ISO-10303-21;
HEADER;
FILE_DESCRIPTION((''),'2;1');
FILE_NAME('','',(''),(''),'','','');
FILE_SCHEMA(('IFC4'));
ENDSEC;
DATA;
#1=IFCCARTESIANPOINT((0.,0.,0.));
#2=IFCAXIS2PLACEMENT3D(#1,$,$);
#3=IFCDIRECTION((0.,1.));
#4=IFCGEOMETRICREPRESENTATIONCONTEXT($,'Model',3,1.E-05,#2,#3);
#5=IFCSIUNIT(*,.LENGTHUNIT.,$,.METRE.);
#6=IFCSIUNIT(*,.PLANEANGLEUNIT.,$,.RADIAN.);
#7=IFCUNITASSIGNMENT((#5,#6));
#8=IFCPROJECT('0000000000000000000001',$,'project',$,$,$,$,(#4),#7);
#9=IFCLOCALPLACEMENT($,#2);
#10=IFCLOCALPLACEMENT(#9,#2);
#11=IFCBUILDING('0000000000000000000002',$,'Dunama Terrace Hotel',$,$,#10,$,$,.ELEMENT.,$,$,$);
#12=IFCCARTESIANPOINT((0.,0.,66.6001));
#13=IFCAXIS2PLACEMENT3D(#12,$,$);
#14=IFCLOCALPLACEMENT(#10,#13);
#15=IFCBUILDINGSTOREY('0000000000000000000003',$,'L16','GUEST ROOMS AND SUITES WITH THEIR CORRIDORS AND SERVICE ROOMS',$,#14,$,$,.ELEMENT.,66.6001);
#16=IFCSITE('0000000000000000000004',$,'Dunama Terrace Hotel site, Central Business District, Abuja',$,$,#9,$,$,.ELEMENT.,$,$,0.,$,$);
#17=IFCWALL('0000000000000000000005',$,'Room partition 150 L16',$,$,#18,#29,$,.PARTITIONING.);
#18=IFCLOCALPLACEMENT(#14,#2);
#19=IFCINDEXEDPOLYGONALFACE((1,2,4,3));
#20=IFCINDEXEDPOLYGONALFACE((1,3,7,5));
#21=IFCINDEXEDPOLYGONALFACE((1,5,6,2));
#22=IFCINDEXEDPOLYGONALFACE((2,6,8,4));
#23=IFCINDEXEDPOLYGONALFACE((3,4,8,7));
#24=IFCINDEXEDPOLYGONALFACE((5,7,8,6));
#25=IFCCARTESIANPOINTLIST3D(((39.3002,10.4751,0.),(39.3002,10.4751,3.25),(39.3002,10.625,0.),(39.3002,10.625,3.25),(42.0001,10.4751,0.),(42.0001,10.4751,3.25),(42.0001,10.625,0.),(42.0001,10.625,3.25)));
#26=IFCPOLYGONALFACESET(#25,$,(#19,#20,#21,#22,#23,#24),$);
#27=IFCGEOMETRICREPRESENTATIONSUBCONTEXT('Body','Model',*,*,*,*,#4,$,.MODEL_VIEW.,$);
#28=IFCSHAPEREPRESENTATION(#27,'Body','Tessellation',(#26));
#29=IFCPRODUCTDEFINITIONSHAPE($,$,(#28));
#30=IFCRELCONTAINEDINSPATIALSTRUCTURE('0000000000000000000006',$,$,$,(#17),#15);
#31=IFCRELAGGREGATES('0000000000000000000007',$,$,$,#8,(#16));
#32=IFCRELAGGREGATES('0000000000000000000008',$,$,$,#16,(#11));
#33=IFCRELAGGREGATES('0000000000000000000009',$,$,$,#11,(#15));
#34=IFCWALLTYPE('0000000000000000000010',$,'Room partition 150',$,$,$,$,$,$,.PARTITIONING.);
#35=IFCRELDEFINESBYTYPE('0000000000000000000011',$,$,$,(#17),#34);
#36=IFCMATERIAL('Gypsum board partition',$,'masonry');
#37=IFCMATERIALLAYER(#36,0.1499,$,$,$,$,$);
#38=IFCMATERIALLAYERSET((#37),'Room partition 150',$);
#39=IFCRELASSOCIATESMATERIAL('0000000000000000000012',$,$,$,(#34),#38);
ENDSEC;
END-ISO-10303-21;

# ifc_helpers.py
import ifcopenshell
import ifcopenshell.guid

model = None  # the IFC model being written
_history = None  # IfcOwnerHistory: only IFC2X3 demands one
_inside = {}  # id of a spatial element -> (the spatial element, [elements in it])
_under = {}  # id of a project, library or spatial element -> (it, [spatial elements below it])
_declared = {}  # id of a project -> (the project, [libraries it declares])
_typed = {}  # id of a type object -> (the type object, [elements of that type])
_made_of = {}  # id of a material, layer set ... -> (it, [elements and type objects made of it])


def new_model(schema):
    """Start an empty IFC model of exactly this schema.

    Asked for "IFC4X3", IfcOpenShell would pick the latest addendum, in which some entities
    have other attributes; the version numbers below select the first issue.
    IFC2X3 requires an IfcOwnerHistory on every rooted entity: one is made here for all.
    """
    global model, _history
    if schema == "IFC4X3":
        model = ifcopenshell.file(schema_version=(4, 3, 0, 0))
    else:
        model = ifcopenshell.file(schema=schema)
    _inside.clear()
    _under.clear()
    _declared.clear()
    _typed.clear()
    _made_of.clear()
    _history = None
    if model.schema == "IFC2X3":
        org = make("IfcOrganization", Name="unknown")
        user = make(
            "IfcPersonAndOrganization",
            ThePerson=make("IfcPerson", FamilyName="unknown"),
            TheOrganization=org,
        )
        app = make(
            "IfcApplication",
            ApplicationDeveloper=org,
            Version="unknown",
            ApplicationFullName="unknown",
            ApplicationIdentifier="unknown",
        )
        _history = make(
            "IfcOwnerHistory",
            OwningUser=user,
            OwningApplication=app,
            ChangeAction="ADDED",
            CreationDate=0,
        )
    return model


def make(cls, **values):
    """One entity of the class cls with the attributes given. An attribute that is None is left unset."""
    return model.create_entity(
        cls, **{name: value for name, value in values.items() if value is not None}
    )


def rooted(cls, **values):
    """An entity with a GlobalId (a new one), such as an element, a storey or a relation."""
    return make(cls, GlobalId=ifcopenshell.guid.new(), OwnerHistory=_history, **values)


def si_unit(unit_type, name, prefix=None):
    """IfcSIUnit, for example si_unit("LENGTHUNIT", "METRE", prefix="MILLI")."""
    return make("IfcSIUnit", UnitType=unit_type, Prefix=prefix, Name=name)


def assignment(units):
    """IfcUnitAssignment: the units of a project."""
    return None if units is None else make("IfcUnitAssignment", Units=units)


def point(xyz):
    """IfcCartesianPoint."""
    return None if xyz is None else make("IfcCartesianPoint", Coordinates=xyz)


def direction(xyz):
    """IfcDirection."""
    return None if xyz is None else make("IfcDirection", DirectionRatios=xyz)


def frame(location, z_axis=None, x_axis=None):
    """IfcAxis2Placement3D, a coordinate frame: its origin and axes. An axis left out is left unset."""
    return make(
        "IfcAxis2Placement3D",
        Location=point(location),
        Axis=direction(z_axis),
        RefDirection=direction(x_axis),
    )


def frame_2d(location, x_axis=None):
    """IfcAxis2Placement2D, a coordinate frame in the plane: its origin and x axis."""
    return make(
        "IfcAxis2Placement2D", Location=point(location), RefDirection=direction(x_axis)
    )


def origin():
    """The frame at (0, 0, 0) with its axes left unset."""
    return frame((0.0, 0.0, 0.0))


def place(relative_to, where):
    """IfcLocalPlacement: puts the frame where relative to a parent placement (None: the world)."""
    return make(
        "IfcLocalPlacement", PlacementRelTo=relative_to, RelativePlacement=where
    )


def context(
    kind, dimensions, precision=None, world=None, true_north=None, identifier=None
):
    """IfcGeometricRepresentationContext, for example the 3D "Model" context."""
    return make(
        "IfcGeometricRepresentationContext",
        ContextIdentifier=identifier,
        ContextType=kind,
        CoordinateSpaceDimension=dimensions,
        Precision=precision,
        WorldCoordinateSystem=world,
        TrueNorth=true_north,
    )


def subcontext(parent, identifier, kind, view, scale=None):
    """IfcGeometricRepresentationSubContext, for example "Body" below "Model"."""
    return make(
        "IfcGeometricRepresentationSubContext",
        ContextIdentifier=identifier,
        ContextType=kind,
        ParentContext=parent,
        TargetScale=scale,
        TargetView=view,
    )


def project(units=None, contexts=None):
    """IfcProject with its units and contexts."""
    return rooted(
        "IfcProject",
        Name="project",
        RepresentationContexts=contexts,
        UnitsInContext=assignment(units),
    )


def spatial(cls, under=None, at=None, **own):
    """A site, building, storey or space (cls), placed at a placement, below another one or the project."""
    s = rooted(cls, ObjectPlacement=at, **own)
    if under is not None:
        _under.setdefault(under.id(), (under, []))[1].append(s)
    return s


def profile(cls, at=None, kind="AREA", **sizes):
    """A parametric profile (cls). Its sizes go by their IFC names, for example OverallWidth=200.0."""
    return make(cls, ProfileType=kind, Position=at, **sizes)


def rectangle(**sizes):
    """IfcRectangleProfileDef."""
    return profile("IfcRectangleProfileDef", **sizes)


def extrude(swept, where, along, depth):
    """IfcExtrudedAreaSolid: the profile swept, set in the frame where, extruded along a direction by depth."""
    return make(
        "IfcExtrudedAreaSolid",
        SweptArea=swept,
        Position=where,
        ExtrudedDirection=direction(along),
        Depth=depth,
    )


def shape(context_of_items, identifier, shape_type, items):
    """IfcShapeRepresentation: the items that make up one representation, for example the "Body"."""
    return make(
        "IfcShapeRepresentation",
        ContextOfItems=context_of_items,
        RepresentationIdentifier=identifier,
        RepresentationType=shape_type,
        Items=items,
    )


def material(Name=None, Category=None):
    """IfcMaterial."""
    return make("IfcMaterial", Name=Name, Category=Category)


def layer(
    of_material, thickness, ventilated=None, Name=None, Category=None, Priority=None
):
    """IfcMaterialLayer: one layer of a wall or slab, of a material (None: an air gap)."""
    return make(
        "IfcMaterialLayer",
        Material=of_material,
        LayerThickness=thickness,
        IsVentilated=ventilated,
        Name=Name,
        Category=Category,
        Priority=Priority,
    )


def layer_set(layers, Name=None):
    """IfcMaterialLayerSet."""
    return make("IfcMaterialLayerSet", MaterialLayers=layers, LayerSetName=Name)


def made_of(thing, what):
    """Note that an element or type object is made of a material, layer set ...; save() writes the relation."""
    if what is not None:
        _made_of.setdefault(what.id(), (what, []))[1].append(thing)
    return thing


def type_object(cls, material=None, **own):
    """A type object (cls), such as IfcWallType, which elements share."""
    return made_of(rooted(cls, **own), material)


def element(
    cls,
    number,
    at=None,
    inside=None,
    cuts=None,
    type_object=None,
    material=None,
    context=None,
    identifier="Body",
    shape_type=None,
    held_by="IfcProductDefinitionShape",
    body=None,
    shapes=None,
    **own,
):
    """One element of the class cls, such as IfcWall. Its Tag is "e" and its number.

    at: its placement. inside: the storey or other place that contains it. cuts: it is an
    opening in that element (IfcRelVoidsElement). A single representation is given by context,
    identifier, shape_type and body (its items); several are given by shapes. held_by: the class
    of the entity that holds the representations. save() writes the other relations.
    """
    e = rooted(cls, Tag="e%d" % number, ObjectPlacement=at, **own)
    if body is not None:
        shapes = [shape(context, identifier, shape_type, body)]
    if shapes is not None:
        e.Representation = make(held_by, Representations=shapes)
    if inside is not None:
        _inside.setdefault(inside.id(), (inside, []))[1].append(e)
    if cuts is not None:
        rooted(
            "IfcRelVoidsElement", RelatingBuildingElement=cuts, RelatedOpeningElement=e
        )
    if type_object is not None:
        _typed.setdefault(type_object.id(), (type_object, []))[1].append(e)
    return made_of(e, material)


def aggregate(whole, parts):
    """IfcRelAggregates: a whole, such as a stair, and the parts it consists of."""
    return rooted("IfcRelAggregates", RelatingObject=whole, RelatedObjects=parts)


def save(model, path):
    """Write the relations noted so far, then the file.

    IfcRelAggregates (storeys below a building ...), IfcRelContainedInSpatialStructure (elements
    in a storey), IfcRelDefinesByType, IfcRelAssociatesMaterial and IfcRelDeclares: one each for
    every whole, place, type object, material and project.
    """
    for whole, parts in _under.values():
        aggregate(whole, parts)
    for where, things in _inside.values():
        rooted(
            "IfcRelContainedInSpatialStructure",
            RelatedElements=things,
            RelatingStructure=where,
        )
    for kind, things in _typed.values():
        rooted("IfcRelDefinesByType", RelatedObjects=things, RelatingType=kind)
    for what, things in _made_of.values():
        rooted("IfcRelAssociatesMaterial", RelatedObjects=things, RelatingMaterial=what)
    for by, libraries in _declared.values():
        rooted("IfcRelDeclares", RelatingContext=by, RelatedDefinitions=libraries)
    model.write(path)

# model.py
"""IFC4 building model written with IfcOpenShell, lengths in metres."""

from ifc_helpers import new_model, si_unit, direction, frame, frame_2d, origin, place, context, subcontext, project, spatial, rectangle, extrude, material, layer, layer_set, type_object, element, save


model = new_model("IFC4")

# Units and contexts
model_context = context("Model", 3, precision=1e-05, world=origin(), true_north=direction((0.0, 1.0)))
body_context = subcontext(model_context, "Body", "Model", "MODEL_VIEW")
ifc_project = project(units=[si_unit("LENGTHUNIT", "METRE"), si_unit("PLANEANGLEUNIT", "RADIAN")], contexts=[model_context])

# Site, building, storey
site_placement = place(None, origin())
site = spatial("IfcSite", under=ifc_project, at=site_placement, Name="Dunama Terrace Hotel site, Central Business District, Abuja", CompositionType="ELEMENT", RefElevation=0.0)
building_placement = place(site_placement, origin())
building = spatial("IfcBuilding", under=site, at=building_placement, Name="Dunama Terrace Hotel", CompositionType="ELEMENT")
storey_placement = place(building_placement, frame((0.0, 0.0, 66.6001)))
storey = spatial("IfcBuildingStorey", under=building, at=storey_placement, Name="L16", Description="GUEST ROOMS AND SUITES WITH THEIR CORRIDORS AND SERVICE ROOMS", CompositionType="ELEMENT", Elevation=66.6001)

# Shared definitions
ifc_material_1 = material(Name="Gypsum board partition", Category="masonry")
ifc_layer_1 = layer(ifc_material_1, 0.1499)
ifc_layer_set_1 = layer_set([ifc_layer_1], Name="Room partition 150")
wall_type_1 = type_object("IfcWallType", Name="Room partition 150", PredefinedType="PARTITIONING", material=ifc_layer_set_1)

# Wall
wall_1_placement = place(storey_placement, frame((39.3, 10.55, 0.0), z_axis=(0.0, 0.0, 1.0), x_axis=(1.0, 0.0, 0.0)))
element("IfcWall", 1, at=wall_1_placement, inside=storey, type_object=wall_type_1, Name="Room partition 150 L16", PredefinedType="PARTITIONING", context=body_context, shape_type="SweptSolid", body=[
    extrude(rectangle(XDim=2.7, YDim=0.1499, at=frame_2d((1.3501, 0.0))), origin(), (0.0, 0.0, 1.0), 3.25),
])

save(model, "model.ifc")
